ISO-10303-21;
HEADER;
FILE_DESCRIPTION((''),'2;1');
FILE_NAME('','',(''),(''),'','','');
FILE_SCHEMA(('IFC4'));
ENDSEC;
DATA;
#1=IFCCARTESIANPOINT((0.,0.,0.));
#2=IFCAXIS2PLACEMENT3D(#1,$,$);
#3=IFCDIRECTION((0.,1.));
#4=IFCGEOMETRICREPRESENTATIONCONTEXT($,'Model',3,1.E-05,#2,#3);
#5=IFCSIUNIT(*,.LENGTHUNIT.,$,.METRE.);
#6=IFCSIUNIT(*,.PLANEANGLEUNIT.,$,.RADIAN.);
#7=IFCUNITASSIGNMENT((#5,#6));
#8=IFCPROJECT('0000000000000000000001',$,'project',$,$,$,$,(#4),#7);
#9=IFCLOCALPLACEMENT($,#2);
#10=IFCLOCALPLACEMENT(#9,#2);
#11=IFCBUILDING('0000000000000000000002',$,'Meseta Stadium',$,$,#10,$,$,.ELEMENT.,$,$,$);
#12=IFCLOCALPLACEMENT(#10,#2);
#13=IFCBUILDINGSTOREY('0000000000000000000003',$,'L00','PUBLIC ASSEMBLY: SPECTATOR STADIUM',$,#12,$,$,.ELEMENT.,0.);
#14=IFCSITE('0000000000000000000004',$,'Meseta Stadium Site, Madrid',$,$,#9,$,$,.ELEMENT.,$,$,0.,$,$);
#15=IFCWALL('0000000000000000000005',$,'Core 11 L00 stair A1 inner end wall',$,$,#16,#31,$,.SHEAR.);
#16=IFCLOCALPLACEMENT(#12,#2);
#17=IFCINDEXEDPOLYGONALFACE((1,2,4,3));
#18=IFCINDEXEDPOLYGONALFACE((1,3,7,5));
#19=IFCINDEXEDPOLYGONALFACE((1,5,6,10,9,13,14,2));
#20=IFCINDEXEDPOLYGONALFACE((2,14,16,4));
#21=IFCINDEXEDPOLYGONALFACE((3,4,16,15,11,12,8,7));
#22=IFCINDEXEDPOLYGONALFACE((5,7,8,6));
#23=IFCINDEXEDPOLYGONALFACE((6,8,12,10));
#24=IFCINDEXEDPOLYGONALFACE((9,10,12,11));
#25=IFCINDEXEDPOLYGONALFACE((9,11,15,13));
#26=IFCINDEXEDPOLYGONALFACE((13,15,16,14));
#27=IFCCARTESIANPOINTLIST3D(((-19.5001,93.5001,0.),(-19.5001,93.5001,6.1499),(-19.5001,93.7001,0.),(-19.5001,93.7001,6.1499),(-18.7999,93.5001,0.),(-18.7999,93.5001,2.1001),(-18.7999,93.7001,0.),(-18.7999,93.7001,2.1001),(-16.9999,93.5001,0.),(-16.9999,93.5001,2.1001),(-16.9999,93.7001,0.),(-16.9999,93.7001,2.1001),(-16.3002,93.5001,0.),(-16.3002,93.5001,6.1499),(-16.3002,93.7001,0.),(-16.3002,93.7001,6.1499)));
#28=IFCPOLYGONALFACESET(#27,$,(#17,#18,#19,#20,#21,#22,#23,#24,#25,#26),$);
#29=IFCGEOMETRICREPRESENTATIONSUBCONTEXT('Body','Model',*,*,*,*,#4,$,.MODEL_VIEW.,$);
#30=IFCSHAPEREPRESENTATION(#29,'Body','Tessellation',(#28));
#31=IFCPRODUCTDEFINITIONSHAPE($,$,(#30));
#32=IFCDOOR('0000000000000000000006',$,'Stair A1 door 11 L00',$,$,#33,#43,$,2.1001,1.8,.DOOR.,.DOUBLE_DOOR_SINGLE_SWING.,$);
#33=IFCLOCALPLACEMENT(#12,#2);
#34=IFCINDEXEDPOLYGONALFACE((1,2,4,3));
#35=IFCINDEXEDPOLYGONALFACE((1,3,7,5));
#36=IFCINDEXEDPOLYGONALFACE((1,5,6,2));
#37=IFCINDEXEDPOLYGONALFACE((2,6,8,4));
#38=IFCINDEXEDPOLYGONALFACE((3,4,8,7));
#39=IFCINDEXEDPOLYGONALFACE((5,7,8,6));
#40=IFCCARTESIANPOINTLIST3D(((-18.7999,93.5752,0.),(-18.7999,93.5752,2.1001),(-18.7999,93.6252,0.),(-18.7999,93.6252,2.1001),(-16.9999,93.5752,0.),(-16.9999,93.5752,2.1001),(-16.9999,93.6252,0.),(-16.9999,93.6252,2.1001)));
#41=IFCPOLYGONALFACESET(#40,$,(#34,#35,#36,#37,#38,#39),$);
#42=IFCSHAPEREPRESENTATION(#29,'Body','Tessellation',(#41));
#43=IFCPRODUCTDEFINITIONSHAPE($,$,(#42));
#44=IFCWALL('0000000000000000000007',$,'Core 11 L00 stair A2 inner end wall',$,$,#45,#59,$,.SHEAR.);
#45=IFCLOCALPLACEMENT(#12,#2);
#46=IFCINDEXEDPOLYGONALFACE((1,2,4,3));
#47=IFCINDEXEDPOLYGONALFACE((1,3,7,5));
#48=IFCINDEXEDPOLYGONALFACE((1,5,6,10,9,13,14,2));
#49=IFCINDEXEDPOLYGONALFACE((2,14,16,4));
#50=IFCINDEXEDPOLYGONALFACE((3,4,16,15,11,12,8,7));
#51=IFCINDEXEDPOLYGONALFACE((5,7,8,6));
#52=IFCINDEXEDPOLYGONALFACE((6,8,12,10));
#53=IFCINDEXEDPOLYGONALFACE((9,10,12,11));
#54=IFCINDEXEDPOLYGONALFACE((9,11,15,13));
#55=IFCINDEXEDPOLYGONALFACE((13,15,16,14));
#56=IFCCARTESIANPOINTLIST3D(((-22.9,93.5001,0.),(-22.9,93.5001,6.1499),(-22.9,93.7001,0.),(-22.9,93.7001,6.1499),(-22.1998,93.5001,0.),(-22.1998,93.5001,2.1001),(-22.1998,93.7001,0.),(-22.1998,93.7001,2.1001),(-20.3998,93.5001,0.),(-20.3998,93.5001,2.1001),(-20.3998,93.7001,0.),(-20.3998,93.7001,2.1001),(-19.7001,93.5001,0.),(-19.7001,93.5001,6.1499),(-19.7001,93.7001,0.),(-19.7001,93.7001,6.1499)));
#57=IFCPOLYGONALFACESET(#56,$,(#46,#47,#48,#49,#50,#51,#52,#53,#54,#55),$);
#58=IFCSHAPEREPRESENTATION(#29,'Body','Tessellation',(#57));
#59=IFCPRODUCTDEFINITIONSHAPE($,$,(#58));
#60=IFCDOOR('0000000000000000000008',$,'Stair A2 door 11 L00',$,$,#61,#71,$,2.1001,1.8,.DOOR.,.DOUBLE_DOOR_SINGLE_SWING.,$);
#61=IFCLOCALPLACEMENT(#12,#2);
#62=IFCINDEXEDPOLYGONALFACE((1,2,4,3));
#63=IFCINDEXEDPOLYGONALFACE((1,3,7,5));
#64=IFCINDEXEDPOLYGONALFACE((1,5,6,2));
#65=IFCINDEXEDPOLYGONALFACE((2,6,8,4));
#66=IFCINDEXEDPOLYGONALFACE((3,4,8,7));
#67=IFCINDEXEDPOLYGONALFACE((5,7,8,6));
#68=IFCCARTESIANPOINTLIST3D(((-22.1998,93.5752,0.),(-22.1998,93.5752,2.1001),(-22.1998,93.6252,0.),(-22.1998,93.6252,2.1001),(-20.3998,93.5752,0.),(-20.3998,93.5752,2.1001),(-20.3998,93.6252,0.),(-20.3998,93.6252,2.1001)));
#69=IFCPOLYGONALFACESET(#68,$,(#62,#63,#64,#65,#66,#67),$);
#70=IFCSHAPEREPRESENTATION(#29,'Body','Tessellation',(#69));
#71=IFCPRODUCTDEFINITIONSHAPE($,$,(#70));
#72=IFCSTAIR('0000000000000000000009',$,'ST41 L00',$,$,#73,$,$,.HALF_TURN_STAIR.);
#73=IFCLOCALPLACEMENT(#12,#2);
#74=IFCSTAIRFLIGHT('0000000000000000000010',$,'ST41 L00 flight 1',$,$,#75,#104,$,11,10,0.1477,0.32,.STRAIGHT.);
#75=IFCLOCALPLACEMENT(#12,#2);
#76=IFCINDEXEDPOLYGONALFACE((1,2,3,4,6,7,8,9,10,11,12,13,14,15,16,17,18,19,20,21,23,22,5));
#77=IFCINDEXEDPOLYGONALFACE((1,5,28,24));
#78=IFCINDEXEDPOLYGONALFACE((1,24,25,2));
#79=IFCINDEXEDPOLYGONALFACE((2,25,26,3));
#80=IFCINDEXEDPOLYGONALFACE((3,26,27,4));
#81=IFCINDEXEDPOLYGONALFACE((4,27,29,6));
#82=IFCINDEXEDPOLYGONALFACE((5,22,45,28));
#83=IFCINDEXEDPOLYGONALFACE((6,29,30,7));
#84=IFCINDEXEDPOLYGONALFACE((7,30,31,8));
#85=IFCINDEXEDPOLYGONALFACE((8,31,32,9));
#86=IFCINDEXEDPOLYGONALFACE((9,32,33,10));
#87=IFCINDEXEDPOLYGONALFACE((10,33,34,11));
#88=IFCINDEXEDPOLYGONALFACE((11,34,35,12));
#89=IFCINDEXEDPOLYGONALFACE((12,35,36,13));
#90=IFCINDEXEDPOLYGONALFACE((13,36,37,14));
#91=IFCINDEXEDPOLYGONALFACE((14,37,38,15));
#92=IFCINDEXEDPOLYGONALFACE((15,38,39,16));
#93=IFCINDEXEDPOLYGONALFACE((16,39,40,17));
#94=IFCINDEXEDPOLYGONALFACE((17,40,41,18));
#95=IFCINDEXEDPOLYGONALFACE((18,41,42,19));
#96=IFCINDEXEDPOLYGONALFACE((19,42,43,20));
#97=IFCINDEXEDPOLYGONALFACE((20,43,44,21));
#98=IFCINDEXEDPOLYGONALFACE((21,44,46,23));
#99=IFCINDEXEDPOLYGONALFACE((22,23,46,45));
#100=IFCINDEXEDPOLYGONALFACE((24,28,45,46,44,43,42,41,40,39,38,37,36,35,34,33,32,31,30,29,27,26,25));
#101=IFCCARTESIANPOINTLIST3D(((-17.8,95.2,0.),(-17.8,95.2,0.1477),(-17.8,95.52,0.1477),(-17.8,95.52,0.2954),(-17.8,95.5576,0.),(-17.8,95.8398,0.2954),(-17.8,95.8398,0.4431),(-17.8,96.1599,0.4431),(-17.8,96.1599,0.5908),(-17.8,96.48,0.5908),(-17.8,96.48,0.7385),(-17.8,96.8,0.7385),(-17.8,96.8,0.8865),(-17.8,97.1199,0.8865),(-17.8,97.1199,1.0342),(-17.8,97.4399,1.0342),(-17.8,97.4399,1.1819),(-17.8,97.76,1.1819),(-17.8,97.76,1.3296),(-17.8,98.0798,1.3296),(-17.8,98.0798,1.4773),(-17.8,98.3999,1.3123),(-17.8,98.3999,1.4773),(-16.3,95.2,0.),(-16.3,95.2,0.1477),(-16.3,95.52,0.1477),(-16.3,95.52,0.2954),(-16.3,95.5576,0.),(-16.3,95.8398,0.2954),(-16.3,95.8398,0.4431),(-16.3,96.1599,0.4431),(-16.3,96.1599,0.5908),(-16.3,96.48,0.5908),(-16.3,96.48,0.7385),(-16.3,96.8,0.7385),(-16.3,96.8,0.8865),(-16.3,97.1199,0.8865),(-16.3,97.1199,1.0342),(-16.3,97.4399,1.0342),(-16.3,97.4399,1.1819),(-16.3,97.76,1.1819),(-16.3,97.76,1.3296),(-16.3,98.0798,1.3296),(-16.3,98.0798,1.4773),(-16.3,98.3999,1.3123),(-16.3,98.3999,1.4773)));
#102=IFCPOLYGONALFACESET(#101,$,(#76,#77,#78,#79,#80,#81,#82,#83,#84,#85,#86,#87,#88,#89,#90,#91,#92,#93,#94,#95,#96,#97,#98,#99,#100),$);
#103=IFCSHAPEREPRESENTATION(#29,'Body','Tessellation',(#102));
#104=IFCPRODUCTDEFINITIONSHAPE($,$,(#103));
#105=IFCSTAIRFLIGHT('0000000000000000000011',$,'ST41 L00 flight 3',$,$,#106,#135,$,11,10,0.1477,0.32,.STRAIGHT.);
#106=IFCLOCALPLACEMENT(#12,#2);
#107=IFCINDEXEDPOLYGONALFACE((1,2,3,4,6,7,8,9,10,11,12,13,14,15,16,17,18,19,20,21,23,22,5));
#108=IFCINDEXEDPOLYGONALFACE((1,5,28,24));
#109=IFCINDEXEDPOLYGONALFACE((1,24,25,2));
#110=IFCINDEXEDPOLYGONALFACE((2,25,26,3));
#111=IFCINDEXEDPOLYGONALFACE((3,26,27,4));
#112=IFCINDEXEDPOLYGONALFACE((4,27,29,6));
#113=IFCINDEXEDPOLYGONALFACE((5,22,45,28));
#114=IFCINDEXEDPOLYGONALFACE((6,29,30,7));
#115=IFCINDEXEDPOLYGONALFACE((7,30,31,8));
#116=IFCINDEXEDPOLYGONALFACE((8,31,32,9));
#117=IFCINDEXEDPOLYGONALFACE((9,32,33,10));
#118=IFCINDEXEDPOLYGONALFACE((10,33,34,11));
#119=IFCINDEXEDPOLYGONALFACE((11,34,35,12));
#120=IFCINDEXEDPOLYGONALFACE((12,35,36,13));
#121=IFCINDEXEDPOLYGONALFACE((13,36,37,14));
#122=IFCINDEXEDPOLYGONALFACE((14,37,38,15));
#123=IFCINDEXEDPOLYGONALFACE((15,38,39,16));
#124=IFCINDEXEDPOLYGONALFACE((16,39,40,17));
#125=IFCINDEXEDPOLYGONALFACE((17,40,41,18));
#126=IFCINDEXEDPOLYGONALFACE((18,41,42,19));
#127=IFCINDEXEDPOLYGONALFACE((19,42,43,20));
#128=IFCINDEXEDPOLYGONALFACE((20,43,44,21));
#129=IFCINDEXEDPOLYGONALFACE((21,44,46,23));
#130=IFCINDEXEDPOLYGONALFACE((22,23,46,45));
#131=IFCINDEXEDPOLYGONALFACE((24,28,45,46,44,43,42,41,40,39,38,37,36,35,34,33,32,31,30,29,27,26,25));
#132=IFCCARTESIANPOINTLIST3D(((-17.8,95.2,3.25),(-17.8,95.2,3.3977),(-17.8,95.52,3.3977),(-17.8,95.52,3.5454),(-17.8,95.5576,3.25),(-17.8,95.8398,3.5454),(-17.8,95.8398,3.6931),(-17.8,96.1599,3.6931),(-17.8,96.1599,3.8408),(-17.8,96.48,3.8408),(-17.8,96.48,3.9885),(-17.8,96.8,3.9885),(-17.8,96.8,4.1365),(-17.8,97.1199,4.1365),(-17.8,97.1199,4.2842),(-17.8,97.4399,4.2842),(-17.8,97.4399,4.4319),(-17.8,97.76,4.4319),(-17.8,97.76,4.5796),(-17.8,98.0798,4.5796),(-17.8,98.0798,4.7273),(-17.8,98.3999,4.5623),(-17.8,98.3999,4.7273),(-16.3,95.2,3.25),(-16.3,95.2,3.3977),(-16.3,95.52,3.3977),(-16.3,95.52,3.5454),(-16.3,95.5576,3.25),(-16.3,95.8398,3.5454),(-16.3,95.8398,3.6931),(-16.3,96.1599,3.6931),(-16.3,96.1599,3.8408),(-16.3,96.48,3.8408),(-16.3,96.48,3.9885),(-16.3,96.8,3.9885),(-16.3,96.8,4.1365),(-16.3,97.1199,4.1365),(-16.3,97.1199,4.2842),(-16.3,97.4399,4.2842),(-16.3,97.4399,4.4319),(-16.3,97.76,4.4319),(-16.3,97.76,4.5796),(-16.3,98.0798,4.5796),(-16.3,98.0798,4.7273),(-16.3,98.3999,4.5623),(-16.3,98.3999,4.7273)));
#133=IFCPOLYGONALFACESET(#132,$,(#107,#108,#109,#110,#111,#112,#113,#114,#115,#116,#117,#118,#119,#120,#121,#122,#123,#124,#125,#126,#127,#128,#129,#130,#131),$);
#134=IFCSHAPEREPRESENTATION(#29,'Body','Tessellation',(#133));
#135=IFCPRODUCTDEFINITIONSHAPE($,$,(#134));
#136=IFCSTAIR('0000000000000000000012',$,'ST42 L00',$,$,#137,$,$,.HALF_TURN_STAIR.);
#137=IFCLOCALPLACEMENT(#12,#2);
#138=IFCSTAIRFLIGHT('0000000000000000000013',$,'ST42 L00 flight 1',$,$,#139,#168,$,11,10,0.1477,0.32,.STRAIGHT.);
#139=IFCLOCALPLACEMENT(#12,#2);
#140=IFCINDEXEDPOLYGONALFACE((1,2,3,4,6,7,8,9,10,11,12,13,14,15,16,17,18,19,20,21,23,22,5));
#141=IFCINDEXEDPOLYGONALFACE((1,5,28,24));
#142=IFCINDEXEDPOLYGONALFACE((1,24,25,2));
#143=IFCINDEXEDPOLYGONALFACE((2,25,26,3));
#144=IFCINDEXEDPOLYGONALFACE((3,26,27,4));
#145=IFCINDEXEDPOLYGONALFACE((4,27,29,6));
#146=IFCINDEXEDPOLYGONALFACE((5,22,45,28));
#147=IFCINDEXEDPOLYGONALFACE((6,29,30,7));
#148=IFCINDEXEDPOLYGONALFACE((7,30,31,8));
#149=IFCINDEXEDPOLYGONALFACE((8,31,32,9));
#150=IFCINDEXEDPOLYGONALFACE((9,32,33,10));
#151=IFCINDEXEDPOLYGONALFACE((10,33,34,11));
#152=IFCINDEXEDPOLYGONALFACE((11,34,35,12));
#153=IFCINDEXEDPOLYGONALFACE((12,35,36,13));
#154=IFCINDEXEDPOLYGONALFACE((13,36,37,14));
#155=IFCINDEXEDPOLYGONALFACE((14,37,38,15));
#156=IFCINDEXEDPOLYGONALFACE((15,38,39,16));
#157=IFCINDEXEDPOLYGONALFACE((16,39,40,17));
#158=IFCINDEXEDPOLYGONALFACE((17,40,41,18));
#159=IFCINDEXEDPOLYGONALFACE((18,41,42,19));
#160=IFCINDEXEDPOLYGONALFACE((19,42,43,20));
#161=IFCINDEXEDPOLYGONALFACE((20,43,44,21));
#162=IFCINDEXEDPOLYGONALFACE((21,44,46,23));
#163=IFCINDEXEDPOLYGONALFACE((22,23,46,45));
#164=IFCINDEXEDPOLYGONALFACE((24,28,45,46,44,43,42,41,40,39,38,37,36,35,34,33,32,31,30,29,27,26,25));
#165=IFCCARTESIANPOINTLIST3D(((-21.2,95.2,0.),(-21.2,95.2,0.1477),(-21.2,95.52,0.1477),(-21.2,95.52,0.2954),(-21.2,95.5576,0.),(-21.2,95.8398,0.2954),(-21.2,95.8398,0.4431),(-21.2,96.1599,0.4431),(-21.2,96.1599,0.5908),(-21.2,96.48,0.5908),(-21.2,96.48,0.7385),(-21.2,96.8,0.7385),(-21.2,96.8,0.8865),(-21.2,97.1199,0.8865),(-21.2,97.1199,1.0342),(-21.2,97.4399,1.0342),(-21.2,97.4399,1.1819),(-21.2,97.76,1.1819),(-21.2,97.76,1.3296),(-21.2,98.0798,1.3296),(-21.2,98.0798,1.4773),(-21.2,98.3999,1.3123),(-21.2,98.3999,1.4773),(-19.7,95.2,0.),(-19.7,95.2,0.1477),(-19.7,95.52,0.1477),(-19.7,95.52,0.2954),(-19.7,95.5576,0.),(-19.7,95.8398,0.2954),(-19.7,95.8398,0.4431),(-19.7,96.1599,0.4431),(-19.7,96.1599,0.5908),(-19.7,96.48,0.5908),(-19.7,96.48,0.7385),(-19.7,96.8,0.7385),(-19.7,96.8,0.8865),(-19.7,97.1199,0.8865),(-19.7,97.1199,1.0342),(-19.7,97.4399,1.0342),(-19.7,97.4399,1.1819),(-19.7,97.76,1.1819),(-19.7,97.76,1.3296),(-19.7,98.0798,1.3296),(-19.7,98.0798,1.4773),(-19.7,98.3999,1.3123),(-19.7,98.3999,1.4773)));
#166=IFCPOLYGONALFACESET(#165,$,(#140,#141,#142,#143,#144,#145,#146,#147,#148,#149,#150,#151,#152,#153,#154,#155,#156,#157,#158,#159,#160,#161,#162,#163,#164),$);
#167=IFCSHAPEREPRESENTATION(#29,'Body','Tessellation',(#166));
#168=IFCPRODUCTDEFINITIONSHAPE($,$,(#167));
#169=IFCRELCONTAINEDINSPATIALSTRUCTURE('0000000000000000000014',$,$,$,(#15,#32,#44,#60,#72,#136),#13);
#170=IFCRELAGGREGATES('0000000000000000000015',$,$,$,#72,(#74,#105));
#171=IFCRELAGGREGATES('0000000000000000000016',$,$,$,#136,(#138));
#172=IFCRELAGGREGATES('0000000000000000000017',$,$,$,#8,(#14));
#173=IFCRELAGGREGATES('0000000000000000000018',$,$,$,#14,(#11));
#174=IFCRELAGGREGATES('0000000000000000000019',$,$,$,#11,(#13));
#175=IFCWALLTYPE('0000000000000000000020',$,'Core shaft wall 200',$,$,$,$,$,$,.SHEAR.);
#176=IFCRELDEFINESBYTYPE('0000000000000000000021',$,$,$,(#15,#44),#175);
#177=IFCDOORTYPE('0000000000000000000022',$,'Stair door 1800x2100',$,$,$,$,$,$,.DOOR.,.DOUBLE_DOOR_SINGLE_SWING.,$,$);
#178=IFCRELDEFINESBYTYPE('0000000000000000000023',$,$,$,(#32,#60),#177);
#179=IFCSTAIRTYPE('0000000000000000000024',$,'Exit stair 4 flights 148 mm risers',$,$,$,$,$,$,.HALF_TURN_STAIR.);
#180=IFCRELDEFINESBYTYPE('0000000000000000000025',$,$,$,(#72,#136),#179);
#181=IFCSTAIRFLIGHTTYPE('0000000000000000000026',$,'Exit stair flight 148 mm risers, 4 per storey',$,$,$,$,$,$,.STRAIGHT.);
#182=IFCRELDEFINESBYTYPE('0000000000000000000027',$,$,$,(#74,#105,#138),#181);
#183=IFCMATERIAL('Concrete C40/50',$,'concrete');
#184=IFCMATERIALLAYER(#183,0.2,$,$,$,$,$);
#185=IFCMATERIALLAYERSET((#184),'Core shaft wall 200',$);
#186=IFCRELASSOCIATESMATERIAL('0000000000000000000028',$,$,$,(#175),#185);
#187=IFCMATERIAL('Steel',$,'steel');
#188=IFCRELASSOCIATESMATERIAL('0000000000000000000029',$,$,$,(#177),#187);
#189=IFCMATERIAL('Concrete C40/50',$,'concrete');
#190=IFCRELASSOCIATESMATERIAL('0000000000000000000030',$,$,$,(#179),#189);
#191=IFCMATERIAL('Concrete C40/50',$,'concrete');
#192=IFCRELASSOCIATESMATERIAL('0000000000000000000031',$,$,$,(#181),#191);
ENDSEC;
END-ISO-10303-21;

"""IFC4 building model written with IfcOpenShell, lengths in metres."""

from ifc_helpers import new_model, si_unit, direction, frame, frame_2d, origin, place, context, subcontext, project, spatial, polyline, rectangle, outline, extrude, material, layer, layer_set, type_object, element, fill, aggregate, save


model = new_model("IFC4")

# Units and contexts
model_context = context("Model", 3, precision=1e-05, world=origin(), true_north=direction((0.0, 1.0)))
body_context = subcontext(model_context, "Body", "Model", "MODEL_VIEW")
ifc_project = project(units=[si_unit("LENGTHUNIT", "METRE"), si_unit("PLANEANGLEUNIT", "RADIAN")], contexts=[model_context])

# Site, building, storey
site_placement = place(None, origin())
site = spatial("IfcSite", under=ifc_project, at=site_placement, Name="Meseta Stadium Site, Madrid", CompositionType="ELEMENT", RefElevation=0.0)
building_placement = place(site_placement, origin())
building = spatial("IfcBuilding", under=site, at=building_placement, Name="Meseta Stadium", CompositionType="ELEMENT")
storey_placement = place(building_placement, origin())
storey = spatial("IfcBuildingStorey", under=building, at=storey_placement, Name="L00", Description="PUBLIC ASSEMBLY: SPECTATOR STADIUM", CompositionType="ELEMENT", Elevation=0.0)

# Walls, openings, doors
ifc_material_1 = material(Name="Concrete C40/50", Category="concrete")
ifc_layer = layer(ifc_material_1, 0.2)
ifc_layer_set = layer_set([ifc_layer], Name="Core shaft wall 200")
wall_type = type_object("IfcWallType", Name="Core shaft wall 200", PredefinedType="SHEAR", material=ifc_layer_set)
wall_1_placement = place(storey_placement, frame((-16.3, 93.6001, 0.0), z_axis=(0.0, 0.0, 1.0), x_axis=(-1.0, 0.0, 0.0)))
wall_1 = element("IfcWall", 1, at=wall_1_placement, inside=storey, type_object=wall_type, Name="Core 11 L00 stair A1 inner end wall", PredefinedType="SHEAR", context=body_context, shape_type="SweptSolid", body=[
    extrude(rectangle(XDim=3.2, YDim=0.2, at=frame_2d((1.6001, 0.0))), origin(), (0.0, 0.0, 1.0), 6.1499),
])
opening_1_placement = place(wall_1_placement, frame((0.7, 0.0, 0.0)))
opening_1 = element("IfcOpeningElement", 2, at=opening_1_placement, cuts=wall_1, PredefinedType="OPENING", context=body_context, shape_type="SweptSolid", body=[
    extrude(rectangle(XDim=1.8, YDim=2.1001, at=frame_2d((0.8999, 1.05))), frame((0.0, 0.1099, 0.0), z_axis=(0.0, -1.0, 0.0), x_axis=(1.0, 0.0, 0.0)), (0.0, 0.0, 1.0), 0.22),
])
ifc_material_2 = material(Name="Steel", Category="steel")
door_type = type_object("IfcDoorType", Name="Stair door 1800x2100", OperationType="DOUBLE_DOOR_SINGLE_SWING", PredefinedType="DOOR", material=ifc_material_2)
door_1_placement = place(opening_1_placement, origin())
door_1 = element("IfcDoor", 3, at=door_1_placement, inside=storey, type_object=door_type, Name="Stair A1 door 11 L00", OperationType="DOUBLE_DOOR_SINGLE_SWING", OverallHeight=2.1001, OverallWidth=1.8, PredefinedType="DOOR", context=body_context, shape_type="SweptSolid", body=[
    extrude(rectangle(XDim=1.8, YDim=2.1001, at=frame_2d((0.8999, 1.05))), frame((0.0, 0.0249, 0.0), z_axis=(0.0, -1.0, 0.0), x_axis=(1.0, 0.0, 0.0)), (0.0, 0.0, 1.0), 0.05),
])
fill(opening_1, door_1)
wall_2_placement = place(storey_placement, frame((-19.7, 93.6001, 0.0), z_axis=(0.0, 0.0, 1.0), x_axis=(-1.0, 0.0, 0.0)))
wall_2 = element("IfcWall", 4, at=wall_2_placement, inside=storey, type_object=wall_type, Name="Core 11 L00 stair A2 inner end wall", PredefinedType="SHEAR", context=body_context, shape_type="SweptSolid", body=[
    extrude(rectangle(XDim=3.2, YDim=0.2, at=frame_2d((1.6001, 0.0))), origin(), (0.0, 0.0, 1.0), 6.1499),
])
opening_2_placement = place(wall_2_placement, frame((0.7, 0.0, 0.0)))
opening_2 = element("IfcOpeningElement", 5, at=opening_2_placement, cuts=wall_2, PredefinedType="OPENING", context=body_context, shape_type="SweptSolid", body=[
    extrude(rectangle(XDim=1.8, YDim=2.1001, at=frame_2d((0.8999, 1.05))), frame((0.0, 0.1099, 0.0), z_axis=(0.0, -1.0, 0.0), x_axis=(1.0, 0.0, 0.0)), (0.0, 0.0, 1.0), 0.22),
])
door_2_placement = place(opening_2_placement, origin())
door_2 = element("IfcDoor", 6, at=door_2_placement, inside=storey, type_object=door_type, Name="Stair A2 door 11 L00", OperationType="DOUBLE_DOOR_SINGLE_SWING", OverallHeight=2.1001, OverallWidth=1.8, PredefinedType="DOOR", context=body_context, shape_type="SweptSolid", body=[
    extrude(rectangle(XDim=1.8, YDim=2.1001, at=frame_2d((0.8999, 1.05))), frame((0.0, 0.0249, 0.0), z_axis=(0.0, -1.0, 0.0), x_axis=(1.0, 0.0, 0.0)), (0.0, 0.0, 1.0), 0.05),
])
fill(opening_2, door_2)

# Stairs, stair flights
ifc_material_3 = material(Name="Concrete C40/50", Category="concrete")
stair_type = type_object("IfcStairType", Name="Exit stair 4 flights 148 mm risers", PredefinedType="HALF_TURN_STAIR", material=ifc_material_3)
stair_1_placement = place(storey_placement, origin())
stair_1 = element("IfcStair", 7, at=stair_1_placement, inside=storey, type_object=stair_type, Name="ST41 L00", PredefinedType="HALF_TURN_STAIR")
ifc_material_4 = material(Name="Concrete C40/50", Category="concrete")
stair_flight_type = type_object("IfcStairFlightType", Name="Exit stair flight 148 mm risers, 4 per storey", PredefinedType="STRAIGHT", material=ifc_material_4)
stair_flight_1_placement = place(storey_placement, frame((-17.05, 95.2, 0.0), z_axis=(0.0, 0.0, 1.0), x_axis=(0.0, 1.0, 0.0)))
stair_flight_1 = element("IfcStairFlight", 8, at=stair_flight_1_placement, type_object=stair_flight_type, Name="ST41 L00 flight 1", NumberOfRisers=11, NumberOfTreads=10, PredefinedType="STRAIGHT", RiserHeight=0.1477, TreadLength=0.32, context=body_context, shape_type="SweptSolid", body=[
    extrude(outline(polyline([(0.0, 0.0), (0.0, 0.1477), (0.3201, 0.1477), (0.3201, 0.2954), (0.6399, 0.2954), (0.6399, 0.4431), (0.96, 0.4431), (0.96, 0.5908), (1.28, 0.5908), (1.28, 0.7385), (1.6001, 0.7385), (1.6001, 0.8865), (1.9199, 0.8865), (1.9199, 1.0342), (2.24, 1.0342), (2.24, 1.1819), (2.5601, 1.1819), (2.5601, 1.3296), (2.8799, 1.3296), (2.8799, 1.4773), (3.2, 1.4773), (3.2, 1.3123), (0.3577, 0.0), (0.0, 0.0)])), frame((0.0, 0.75, 0.0), z_axis=(0.0, -1.0, 0.0), x_axis=(1.0, 0.0, 0.0)), (0.0, 0.0, 1.0), 1.5),
])
stair_flight_2_placement = place(storey_placement, frame((-17.05, 95.2, 3.25), z_axis=(0.0, 0.0, 1.0), x_axis=(0.0, 1.0, 0.0)))
stair_flight_2 = element("IfcStairFlight", 9, at=stair_flight_2_placement, type_object=stair_flight_type, Name="ST41 L00 flight 3", NumberOfRisers=11, NumberOfTreads=10, PredefinedType="STRAIGHT", RiserHeight=0.1477, TreadLength=0.32, context=body_context, shape_type="SweptSolid", body=[
    extrude(outline(polyline([(0.0, 0.0), (0.0, 0.1477), (0.3201, 0.1477), (0.3201, 0.2954), (0.6399, 0.2954), (0.6399, 0.4431), (0.96, 0.4431), (0.96, 0.5908), (1.28, 0.5908), (1.28, 0.7385), (1.6001, 0.7385), (1.6001, 0.8865), (1.9199, 0.8865), (1.9199, 1.0342), (2.24, 1.0342), (2.24, 1.1819), (2.5601, 1.1819), (2.5601, 1.3296), (2.8799, 1.3296), (2.8799, 1.4773), (3.2, 1.4773), (3.2, 1.3123), (0.3577, 0.0), (0.0, 0.0)])), frame((0.0, 0.75, 0.0), z_axis=(0.0, -1.0, 0.0), x_axis=(1.0, 0.0, 0.0)), (0.0, 0.0, 1.0), 1.5),
])
aggregate(stair_1, [stair_flight_1, stair_flight_2])
stair_2_placement = place(storey_placement, origin())
stair_2 = element("IfcStair", 10, at=stair_2_placement, inside=storey, type_object=stair_type, Name="ST42 L00", PredefinedType="HALF_TURN_STAIR")
stair_flight_3_placement = place(storey_placement, frame((-20.45, 95.2, 0.0), z_axis=(0.0, 0.0, 1.0), x_axis=(0.0, 1.0, 0.0)))
stair_flight_3 = element("IfcStairFlight", 11, at=stair_flight_3_placement, type_object=stair_flight_type, Name="ST42 L00 flight 1", NumberOfRisers=11, NumberOfTreads=10, PredefinedType="STRAIGHT", RiserHeight=0.1477, TreadLength=0.32, context=body_context, shape_type="SweptSolid", body=[
    extrude(outline(polyline([(0.0, 0.0), (0.0, 0.1477), (0.3201, 0.1477), (0.3201, 0.2954), (0.6399, 0.2954), (0.6399, 0.4431), (0.96, 0.4431), (0.96, 0.5908), (1.28, 0.5908), (1.28, 0.7385), (1.6001, 0.7385), (1.6001, 0.8865), (1.9199, 0.8865), (1.9199, 1.0342), (2.24, 1.0342), (2.24, 1.1819), (2.5601, 1.1819), (2.5601, 1.3296), (2.8799, 1.3296), (2.8799, 1.4773), (3.2, 1.4773), (3.2, 1.3123), (0.3577, 0.0), (0.0, 0.0)])), frame((0.0, 0.75, 0.0), z_axis=(0.0, -1.0, 0.0), x_axis=(1.0, 0.0, 0.0)), (0.0, 0.0, 1.0), 1.5),
])
aggregate(stair_2, [stair_flight_3])

save(model, "model.ifc")
